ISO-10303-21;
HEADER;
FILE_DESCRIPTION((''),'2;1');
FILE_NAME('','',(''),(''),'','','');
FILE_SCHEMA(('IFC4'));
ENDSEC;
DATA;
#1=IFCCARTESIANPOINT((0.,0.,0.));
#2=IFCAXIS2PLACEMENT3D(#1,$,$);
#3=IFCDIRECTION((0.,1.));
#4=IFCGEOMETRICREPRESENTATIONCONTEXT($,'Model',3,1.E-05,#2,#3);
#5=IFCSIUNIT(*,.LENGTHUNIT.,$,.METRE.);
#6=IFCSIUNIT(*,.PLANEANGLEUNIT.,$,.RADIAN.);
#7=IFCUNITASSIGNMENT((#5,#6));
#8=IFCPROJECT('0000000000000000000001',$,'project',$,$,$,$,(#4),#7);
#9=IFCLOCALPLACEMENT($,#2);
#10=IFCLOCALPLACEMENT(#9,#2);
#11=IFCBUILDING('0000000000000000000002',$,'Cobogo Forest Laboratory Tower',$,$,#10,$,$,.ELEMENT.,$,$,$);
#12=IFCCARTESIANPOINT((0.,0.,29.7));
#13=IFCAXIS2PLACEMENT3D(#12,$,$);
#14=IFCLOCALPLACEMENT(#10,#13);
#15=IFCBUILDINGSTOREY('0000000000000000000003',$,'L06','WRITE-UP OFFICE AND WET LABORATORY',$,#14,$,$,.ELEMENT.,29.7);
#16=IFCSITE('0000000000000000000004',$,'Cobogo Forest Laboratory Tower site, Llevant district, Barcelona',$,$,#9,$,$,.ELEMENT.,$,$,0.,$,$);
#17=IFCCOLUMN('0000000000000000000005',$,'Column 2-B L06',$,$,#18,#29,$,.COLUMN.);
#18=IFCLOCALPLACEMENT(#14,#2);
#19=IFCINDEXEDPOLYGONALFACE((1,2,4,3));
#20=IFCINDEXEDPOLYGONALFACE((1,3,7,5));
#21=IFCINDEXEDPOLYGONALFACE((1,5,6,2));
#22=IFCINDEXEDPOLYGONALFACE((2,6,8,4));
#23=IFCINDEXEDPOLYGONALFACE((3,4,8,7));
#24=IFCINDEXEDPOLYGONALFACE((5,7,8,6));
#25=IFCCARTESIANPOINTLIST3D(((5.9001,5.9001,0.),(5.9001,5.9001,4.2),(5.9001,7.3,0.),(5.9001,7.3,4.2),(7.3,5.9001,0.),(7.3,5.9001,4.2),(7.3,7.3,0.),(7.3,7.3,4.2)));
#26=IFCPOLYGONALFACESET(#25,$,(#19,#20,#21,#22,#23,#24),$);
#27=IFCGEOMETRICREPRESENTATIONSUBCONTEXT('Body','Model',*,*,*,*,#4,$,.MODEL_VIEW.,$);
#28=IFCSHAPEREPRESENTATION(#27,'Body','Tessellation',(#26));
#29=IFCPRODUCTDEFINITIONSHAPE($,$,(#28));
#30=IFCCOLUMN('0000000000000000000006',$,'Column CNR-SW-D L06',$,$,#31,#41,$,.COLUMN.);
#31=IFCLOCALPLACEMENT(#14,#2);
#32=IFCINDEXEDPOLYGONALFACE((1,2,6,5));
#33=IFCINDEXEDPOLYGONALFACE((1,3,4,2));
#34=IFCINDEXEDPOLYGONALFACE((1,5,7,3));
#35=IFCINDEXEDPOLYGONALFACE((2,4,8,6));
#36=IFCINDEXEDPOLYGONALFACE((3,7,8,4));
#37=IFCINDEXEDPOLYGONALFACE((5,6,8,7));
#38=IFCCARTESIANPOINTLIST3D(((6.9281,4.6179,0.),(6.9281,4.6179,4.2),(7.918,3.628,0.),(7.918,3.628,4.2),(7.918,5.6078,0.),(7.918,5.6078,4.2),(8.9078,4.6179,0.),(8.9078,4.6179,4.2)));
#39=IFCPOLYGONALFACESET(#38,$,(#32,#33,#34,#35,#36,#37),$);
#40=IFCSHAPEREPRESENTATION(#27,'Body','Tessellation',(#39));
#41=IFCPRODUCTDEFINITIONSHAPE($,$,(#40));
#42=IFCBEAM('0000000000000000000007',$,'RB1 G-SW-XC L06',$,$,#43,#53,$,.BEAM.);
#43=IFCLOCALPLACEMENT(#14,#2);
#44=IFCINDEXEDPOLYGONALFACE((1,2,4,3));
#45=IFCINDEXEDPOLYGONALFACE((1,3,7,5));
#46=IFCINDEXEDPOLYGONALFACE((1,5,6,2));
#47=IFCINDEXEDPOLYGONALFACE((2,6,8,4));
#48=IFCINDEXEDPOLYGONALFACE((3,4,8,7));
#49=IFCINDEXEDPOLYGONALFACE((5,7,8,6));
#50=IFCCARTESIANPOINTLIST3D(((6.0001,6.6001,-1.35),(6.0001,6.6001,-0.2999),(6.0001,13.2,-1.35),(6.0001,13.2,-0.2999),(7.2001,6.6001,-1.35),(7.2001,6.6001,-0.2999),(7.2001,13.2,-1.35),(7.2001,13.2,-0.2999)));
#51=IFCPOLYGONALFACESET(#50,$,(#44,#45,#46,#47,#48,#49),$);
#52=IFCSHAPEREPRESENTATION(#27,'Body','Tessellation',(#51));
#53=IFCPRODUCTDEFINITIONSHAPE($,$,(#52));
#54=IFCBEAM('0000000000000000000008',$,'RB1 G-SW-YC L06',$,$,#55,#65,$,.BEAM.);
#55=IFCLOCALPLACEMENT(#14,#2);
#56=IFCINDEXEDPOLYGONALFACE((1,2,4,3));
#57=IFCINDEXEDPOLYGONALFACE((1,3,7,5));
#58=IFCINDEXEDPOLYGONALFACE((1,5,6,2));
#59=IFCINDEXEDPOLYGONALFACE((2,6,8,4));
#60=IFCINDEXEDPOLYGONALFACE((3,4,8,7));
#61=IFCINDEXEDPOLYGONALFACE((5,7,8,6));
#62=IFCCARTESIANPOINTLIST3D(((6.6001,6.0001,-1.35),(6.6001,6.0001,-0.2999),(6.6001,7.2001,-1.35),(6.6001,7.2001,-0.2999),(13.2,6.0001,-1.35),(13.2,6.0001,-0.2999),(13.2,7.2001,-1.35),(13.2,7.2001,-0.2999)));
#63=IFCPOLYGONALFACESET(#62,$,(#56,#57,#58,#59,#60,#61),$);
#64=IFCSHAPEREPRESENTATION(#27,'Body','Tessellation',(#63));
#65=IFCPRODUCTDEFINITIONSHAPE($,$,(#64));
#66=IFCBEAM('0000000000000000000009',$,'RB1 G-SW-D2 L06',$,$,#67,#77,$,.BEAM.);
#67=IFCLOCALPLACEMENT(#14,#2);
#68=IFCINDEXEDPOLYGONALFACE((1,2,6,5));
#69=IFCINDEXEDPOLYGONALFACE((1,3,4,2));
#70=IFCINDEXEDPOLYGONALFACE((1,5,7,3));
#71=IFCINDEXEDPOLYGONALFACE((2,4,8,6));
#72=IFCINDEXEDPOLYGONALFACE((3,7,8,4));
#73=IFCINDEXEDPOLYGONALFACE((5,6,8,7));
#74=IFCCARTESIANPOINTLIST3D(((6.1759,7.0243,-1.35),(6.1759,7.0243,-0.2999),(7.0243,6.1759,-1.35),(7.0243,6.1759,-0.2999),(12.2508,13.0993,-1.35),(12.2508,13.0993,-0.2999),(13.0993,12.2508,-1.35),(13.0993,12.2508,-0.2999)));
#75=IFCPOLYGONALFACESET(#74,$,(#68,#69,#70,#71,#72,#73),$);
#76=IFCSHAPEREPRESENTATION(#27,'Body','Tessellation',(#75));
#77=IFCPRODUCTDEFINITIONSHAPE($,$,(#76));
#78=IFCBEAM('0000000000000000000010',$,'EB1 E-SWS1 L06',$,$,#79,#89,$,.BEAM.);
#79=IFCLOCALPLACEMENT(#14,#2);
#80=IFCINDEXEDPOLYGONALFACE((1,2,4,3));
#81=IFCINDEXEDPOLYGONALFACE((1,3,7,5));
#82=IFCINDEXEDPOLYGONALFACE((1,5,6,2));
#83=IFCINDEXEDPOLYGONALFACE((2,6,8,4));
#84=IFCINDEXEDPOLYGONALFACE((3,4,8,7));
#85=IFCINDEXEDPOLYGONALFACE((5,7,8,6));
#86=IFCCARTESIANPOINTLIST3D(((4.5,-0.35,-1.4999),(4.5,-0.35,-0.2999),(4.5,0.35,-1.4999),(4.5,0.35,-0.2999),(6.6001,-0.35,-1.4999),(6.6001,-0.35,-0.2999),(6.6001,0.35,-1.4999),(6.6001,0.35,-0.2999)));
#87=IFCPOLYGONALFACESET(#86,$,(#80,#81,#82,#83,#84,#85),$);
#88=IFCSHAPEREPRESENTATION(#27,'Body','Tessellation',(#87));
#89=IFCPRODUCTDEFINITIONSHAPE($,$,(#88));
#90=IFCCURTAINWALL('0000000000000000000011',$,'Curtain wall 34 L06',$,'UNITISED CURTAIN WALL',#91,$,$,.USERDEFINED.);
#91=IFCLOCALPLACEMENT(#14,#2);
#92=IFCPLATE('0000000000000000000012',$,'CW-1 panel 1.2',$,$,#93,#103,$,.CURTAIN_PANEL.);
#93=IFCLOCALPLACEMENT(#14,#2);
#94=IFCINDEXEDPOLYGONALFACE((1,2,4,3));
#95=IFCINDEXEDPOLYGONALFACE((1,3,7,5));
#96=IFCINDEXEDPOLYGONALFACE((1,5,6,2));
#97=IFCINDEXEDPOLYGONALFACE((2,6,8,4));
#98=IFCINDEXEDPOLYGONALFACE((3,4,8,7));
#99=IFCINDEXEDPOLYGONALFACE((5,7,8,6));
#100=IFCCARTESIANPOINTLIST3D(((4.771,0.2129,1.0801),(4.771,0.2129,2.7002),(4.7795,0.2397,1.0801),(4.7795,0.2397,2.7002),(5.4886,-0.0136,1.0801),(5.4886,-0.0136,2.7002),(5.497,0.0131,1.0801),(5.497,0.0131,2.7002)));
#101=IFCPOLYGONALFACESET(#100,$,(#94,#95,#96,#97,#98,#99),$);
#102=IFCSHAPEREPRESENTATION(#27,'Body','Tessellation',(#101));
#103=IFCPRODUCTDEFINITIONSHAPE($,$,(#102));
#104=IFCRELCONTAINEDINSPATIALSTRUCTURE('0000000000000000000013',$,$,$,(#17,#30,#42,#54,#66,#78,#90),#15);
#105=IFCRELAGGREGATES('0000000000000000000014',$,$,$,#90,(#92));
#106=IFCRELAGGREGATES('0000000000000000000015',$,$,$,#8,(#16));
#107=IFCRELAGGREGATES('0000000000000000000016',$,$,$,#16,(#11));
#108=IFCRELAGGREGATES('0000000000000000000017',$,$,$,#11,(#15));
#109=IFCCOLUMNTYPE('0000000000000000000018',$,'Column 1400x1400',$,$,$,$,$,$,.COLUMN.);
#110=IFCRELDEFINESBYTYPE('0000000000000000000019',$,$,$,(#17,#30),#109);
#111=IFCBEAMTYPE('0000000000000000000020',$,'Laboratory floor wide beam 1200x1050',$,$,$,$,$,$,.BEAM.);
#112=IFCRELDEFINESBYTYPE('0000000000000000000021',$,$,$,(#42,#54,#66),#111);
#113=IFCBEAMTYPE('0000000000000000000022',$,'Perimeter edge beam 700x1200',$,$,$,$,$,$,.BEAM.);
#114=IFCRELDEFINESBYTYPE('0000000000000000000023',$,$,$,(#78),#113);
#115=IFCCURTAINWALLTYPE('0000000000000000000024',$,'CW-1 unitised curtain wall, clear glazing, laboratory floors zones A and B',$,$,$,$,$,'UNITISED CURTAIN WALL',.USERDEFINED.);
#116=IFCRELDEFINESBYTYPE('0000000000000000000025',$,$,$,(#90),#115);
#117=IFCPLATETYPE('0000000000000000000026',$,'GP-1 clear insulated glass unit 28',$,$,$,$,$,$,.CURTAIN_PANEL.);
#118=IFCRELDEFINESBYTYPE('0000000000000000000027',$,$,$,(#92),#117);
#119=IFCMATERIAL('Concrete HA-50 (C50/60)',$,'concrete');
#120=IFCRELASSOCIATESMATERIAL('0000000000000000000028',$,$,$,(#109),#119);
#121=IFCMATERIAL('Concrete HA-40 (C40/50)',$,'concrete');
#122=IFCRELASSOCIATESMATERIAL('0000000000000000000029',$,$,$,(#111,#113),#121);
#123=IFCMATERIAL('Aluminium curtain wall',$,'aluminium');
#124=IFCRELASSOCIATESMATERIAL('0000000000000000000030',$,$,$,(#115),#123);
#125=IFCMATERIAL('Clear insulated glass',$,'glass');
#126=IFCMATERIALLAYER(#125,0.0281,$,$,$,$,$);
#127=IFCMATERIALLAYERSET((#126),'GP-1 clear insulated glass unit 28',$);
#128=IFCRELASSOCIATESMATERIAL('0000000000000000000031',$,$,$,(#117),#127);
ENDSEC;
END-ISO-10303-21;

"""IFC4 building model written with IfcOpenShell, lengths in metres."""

from ifc_helpers import new_model, si_unit, direction, frame, origin, origin_2d, place, context, subcontext, project, spatial, rectangle, extrude, material, layer, layer_set, material_profile, profile_set, type_object, element, aggregate, save


model = new_model("IFC4")

# Units and contexts
model_context = context("Model", 3, precision=1e-05, world=origin(), true_north=direction((0.0, 1.0)))
body_context = subcontext(model_context, "Body", "Model", "MODEL_VIEW")
ifc_project = project(units=[si_unit("LENGTHUNIT", "METRE"), si_unit("PLANEANGLEUNIT", "RADIAN")], contexts=[model_context])

# Site, building, storey
site_placement = place(None, origin())
site = spatial("IfcSite", under=ifc_project, at=site_placement, Name="Cobogo Forest Laboratory Tower site, Llevant district, Barcelona", CompositionType="ELEMENT", RefElevation=0.0)
building_placement = place(site_placement, origin())
building = spatial("IfcBuilding", under=site, at=building_placement, Name="Cobogo Forest Laboratory Tower", CompositionType="ELEMENT")
storey_placement = place(building_placement, frame((0.0, 0.0, 29.7)))
storey = spatial("IfcBuildingStorey", under=building, at=storey_placement, Name="L06", Description="WRITE-UP OFFICE AND WET LABORATORY", CompositionType="ELEMENT", Elevation=29.7)

# Columns
ifc_material_1 = material(Name="Concrete HA-50 (C50/60)", Category="concrete")
ifc_material_profile_1 = material_profile(ifc_material_1, rectangle(XDim=1.3999, YDim=1.3999, at=origin_2d()), Name="RC 1400x1400")
ifc_profile_set_1 = profile_set([ifc_material_profile_1], Name="Concrete HA-50 (C50/60)")
column_type = type_object("IfcColumnType", Name="Column 1400x1400", PredefinedType="COLUMN", material=ifc_profile_set_1)
for number, where, z_axis, x_axis, name in (
    (1, (6.6001, 6.6001, 0.0), (0.0, 0.0, 1.0), (1.0, 0.0, 0.0), "Column 2-B L06"),
    (2, (7.918, 4.6179, 0.0), (0.0, 0.0, 1.0), (0.707107, 0.707107, 0.0), "Column CNR-SW-D L06"),
):
    element("IfcColumn", number, at=place(storey_placement, frame(where, z_axis=z_axis, x_axis=x_axis)), inside=storey, type_object=column_type, Name=name, PredefinedType="COLUMN", context=body_context, shape_type="SweptSolid", body=[
        extrude(rectangle(XDim=1.3999, YDim=1.3999, at=origin_2d()), origin(), (0.0, 0.0, 1.0), 4.2),
    ])

# Beams
ifc_material_2 = material(Name="Concrete HA-40 (C40/50)", Category="concrete")
ifc_material_profile_2 = material_profile(ifc_material_2, rectangle(XDim=1.2, YDim=1.05, at=origin_2d()), Name="RC 1200x1050")
ifc_profile_set_2 = profile_set([ifc_material_profile_2], Name="Concrete HA-40 (C40/50)")
beam_type_1 = type_object("IfcBeamType", Name="Laboratory floor wide beam 1200x1050", PredefinedType="BEAM", material=ifc_profile_set_2)
for number, where, z_axis, x_axis, name in (
    (3, (6.6001, 6.6001, -0.825), (0.0, 1.0, 0.0), (-1.0, 0.0, 0.0), "RB1 G-SW-XC L06"),
    (4, (6.6001, 6.6001, -0.825), (1.0, 0.0, 0.0), (0.0, 1.0, 0.0), "RB1 G-SW-YC L06"),
):
    element("IfcBeam", number, at=place(storey_placement, frame(where, z_axis=z_axis, x_axis=x_axis)), inside=storey, type_object=beam_type_1, Name=name, PredefinedType="BEAM", context=body_context, shape_type="SweptSolid", body=[
        extrude(rectangle(XDim=1.2, YDim=1.05, at=origin_2d()), origin(), (0.0, 0.0, 1.0), 6.5999),
    ])
beam_1_placement = place(storey_placement, frame((6.6001, 6.6001, -0.825), z_axis=(0.707107, 0.707107, 0.0), x_axis=(-0.707107, 0.707107, 0.0)))
element("IfcBeam", 5, at=beam_1_placement, inside=storey, type_object=beam_type_1, Name="RB1 G-SW-D2 L06", PredefinedType="BEAM", context=body_context, shape_type="SweptSolid", body=[
    extrude(rectangle(XDim=1.2, YDim=1.05, at=origin_2d()), origin(), (0.0, 0.0, 1.0), 8.5913),
])
ifc_material_profile_3 = material_profile(ifc_material_2, rectangle(XDim=0.7, YDim=1.2, at=origin_2d()), Name="RC 700x1200")
ifc_profile_set_3 = profile_set([ifc_material_profile_3], Name="Concrete HA-40 (C40/50)")
beam_type_2 = type_object("IfcBeamType", Name="Perimeter edge beam 700x1200", PredefinedType="BEAM", material=ifc_profile_set_3)
beam_2_placement = place(storey_placement, frame((6.6001, 0.0, -0.8999), z_axis=(-1.0, 0.0, 0.0), x_axis=(0.0, -1.0, 0.0)))
element("IfcBeam", 6, at=beam_2_placement, inside=storey, type_object=beam_type_2, Name="EB1 E-SWS1 L06", PredefinedType="BEAM", context=body_context, shape_type="SweptSolid", body=[
    extrude(rectangle(XDim=0.7, YDim=1.2, at=origin_2d()), origin(), (0.0, 0.0, 1.0), 2.1001),
])

# Curtain wall, plate
ifc_material_3 = material(Name="Aluminium curtain wall", Category="aluminium")
curtain_wall_type = type_object("IfcCurtainWallType", Name="CW-1 unitised curtain wall, clear glazing, laboratory floors zones A and B", ElementType="UNITISED CURTAIN WALL", PredefinedType="USERDEFINED", material=ifc_material_3)
curtain_wall_placement = place(storey_placement, origin())
curtain_wall = element("IfcCurtainWall", 7, at=curtain_wall_placement, inside=storey, type_object=curtain_wall_type, Name="Curtain wall 34 L06", ObjectType="UNITISED CURTAIN WALL", PredefinedType="USERDEFINED")
ifc_material_4 = material(Name="Clear insulated glass", Category="glass")
ifc_layer_1 = layer(ifc_material_4, 0.0281)
ifc_layer_set_1 = layer_set([ifc_layer_1], Name="GP-1 clear insulated glass unit 28")
plate_type = type_object("IfcPlateType", Name="GP-1 clear insulated glass unit 28", PredefinedType="CURTAIN_PANEL", material=ifc_layer_set_1)
plate_placement = place(storey_placement, frame((5.134, 0.113, 1.0801), z_axis=(0.0, 0.0, 1.0), x_axis=(0.953582, -0.301135, 0.0)))
plate = element("IfcPlate", 8, at=plate_placement, type_object=plate_type, Name="CW-1 panel 1.2", PredefinedType="CURTAIN_PANEL", context=body_context, shape_type="SweptSolid", body=[
    extrude(rectangle(XDim=0.7524, YDim=0.0281, at=origin_2d()), origin(), (0.0, 0.0, 1.0), 1.6201),
])
aggregate(curtain_wall, [plate])

save(model, "model.ifc")
